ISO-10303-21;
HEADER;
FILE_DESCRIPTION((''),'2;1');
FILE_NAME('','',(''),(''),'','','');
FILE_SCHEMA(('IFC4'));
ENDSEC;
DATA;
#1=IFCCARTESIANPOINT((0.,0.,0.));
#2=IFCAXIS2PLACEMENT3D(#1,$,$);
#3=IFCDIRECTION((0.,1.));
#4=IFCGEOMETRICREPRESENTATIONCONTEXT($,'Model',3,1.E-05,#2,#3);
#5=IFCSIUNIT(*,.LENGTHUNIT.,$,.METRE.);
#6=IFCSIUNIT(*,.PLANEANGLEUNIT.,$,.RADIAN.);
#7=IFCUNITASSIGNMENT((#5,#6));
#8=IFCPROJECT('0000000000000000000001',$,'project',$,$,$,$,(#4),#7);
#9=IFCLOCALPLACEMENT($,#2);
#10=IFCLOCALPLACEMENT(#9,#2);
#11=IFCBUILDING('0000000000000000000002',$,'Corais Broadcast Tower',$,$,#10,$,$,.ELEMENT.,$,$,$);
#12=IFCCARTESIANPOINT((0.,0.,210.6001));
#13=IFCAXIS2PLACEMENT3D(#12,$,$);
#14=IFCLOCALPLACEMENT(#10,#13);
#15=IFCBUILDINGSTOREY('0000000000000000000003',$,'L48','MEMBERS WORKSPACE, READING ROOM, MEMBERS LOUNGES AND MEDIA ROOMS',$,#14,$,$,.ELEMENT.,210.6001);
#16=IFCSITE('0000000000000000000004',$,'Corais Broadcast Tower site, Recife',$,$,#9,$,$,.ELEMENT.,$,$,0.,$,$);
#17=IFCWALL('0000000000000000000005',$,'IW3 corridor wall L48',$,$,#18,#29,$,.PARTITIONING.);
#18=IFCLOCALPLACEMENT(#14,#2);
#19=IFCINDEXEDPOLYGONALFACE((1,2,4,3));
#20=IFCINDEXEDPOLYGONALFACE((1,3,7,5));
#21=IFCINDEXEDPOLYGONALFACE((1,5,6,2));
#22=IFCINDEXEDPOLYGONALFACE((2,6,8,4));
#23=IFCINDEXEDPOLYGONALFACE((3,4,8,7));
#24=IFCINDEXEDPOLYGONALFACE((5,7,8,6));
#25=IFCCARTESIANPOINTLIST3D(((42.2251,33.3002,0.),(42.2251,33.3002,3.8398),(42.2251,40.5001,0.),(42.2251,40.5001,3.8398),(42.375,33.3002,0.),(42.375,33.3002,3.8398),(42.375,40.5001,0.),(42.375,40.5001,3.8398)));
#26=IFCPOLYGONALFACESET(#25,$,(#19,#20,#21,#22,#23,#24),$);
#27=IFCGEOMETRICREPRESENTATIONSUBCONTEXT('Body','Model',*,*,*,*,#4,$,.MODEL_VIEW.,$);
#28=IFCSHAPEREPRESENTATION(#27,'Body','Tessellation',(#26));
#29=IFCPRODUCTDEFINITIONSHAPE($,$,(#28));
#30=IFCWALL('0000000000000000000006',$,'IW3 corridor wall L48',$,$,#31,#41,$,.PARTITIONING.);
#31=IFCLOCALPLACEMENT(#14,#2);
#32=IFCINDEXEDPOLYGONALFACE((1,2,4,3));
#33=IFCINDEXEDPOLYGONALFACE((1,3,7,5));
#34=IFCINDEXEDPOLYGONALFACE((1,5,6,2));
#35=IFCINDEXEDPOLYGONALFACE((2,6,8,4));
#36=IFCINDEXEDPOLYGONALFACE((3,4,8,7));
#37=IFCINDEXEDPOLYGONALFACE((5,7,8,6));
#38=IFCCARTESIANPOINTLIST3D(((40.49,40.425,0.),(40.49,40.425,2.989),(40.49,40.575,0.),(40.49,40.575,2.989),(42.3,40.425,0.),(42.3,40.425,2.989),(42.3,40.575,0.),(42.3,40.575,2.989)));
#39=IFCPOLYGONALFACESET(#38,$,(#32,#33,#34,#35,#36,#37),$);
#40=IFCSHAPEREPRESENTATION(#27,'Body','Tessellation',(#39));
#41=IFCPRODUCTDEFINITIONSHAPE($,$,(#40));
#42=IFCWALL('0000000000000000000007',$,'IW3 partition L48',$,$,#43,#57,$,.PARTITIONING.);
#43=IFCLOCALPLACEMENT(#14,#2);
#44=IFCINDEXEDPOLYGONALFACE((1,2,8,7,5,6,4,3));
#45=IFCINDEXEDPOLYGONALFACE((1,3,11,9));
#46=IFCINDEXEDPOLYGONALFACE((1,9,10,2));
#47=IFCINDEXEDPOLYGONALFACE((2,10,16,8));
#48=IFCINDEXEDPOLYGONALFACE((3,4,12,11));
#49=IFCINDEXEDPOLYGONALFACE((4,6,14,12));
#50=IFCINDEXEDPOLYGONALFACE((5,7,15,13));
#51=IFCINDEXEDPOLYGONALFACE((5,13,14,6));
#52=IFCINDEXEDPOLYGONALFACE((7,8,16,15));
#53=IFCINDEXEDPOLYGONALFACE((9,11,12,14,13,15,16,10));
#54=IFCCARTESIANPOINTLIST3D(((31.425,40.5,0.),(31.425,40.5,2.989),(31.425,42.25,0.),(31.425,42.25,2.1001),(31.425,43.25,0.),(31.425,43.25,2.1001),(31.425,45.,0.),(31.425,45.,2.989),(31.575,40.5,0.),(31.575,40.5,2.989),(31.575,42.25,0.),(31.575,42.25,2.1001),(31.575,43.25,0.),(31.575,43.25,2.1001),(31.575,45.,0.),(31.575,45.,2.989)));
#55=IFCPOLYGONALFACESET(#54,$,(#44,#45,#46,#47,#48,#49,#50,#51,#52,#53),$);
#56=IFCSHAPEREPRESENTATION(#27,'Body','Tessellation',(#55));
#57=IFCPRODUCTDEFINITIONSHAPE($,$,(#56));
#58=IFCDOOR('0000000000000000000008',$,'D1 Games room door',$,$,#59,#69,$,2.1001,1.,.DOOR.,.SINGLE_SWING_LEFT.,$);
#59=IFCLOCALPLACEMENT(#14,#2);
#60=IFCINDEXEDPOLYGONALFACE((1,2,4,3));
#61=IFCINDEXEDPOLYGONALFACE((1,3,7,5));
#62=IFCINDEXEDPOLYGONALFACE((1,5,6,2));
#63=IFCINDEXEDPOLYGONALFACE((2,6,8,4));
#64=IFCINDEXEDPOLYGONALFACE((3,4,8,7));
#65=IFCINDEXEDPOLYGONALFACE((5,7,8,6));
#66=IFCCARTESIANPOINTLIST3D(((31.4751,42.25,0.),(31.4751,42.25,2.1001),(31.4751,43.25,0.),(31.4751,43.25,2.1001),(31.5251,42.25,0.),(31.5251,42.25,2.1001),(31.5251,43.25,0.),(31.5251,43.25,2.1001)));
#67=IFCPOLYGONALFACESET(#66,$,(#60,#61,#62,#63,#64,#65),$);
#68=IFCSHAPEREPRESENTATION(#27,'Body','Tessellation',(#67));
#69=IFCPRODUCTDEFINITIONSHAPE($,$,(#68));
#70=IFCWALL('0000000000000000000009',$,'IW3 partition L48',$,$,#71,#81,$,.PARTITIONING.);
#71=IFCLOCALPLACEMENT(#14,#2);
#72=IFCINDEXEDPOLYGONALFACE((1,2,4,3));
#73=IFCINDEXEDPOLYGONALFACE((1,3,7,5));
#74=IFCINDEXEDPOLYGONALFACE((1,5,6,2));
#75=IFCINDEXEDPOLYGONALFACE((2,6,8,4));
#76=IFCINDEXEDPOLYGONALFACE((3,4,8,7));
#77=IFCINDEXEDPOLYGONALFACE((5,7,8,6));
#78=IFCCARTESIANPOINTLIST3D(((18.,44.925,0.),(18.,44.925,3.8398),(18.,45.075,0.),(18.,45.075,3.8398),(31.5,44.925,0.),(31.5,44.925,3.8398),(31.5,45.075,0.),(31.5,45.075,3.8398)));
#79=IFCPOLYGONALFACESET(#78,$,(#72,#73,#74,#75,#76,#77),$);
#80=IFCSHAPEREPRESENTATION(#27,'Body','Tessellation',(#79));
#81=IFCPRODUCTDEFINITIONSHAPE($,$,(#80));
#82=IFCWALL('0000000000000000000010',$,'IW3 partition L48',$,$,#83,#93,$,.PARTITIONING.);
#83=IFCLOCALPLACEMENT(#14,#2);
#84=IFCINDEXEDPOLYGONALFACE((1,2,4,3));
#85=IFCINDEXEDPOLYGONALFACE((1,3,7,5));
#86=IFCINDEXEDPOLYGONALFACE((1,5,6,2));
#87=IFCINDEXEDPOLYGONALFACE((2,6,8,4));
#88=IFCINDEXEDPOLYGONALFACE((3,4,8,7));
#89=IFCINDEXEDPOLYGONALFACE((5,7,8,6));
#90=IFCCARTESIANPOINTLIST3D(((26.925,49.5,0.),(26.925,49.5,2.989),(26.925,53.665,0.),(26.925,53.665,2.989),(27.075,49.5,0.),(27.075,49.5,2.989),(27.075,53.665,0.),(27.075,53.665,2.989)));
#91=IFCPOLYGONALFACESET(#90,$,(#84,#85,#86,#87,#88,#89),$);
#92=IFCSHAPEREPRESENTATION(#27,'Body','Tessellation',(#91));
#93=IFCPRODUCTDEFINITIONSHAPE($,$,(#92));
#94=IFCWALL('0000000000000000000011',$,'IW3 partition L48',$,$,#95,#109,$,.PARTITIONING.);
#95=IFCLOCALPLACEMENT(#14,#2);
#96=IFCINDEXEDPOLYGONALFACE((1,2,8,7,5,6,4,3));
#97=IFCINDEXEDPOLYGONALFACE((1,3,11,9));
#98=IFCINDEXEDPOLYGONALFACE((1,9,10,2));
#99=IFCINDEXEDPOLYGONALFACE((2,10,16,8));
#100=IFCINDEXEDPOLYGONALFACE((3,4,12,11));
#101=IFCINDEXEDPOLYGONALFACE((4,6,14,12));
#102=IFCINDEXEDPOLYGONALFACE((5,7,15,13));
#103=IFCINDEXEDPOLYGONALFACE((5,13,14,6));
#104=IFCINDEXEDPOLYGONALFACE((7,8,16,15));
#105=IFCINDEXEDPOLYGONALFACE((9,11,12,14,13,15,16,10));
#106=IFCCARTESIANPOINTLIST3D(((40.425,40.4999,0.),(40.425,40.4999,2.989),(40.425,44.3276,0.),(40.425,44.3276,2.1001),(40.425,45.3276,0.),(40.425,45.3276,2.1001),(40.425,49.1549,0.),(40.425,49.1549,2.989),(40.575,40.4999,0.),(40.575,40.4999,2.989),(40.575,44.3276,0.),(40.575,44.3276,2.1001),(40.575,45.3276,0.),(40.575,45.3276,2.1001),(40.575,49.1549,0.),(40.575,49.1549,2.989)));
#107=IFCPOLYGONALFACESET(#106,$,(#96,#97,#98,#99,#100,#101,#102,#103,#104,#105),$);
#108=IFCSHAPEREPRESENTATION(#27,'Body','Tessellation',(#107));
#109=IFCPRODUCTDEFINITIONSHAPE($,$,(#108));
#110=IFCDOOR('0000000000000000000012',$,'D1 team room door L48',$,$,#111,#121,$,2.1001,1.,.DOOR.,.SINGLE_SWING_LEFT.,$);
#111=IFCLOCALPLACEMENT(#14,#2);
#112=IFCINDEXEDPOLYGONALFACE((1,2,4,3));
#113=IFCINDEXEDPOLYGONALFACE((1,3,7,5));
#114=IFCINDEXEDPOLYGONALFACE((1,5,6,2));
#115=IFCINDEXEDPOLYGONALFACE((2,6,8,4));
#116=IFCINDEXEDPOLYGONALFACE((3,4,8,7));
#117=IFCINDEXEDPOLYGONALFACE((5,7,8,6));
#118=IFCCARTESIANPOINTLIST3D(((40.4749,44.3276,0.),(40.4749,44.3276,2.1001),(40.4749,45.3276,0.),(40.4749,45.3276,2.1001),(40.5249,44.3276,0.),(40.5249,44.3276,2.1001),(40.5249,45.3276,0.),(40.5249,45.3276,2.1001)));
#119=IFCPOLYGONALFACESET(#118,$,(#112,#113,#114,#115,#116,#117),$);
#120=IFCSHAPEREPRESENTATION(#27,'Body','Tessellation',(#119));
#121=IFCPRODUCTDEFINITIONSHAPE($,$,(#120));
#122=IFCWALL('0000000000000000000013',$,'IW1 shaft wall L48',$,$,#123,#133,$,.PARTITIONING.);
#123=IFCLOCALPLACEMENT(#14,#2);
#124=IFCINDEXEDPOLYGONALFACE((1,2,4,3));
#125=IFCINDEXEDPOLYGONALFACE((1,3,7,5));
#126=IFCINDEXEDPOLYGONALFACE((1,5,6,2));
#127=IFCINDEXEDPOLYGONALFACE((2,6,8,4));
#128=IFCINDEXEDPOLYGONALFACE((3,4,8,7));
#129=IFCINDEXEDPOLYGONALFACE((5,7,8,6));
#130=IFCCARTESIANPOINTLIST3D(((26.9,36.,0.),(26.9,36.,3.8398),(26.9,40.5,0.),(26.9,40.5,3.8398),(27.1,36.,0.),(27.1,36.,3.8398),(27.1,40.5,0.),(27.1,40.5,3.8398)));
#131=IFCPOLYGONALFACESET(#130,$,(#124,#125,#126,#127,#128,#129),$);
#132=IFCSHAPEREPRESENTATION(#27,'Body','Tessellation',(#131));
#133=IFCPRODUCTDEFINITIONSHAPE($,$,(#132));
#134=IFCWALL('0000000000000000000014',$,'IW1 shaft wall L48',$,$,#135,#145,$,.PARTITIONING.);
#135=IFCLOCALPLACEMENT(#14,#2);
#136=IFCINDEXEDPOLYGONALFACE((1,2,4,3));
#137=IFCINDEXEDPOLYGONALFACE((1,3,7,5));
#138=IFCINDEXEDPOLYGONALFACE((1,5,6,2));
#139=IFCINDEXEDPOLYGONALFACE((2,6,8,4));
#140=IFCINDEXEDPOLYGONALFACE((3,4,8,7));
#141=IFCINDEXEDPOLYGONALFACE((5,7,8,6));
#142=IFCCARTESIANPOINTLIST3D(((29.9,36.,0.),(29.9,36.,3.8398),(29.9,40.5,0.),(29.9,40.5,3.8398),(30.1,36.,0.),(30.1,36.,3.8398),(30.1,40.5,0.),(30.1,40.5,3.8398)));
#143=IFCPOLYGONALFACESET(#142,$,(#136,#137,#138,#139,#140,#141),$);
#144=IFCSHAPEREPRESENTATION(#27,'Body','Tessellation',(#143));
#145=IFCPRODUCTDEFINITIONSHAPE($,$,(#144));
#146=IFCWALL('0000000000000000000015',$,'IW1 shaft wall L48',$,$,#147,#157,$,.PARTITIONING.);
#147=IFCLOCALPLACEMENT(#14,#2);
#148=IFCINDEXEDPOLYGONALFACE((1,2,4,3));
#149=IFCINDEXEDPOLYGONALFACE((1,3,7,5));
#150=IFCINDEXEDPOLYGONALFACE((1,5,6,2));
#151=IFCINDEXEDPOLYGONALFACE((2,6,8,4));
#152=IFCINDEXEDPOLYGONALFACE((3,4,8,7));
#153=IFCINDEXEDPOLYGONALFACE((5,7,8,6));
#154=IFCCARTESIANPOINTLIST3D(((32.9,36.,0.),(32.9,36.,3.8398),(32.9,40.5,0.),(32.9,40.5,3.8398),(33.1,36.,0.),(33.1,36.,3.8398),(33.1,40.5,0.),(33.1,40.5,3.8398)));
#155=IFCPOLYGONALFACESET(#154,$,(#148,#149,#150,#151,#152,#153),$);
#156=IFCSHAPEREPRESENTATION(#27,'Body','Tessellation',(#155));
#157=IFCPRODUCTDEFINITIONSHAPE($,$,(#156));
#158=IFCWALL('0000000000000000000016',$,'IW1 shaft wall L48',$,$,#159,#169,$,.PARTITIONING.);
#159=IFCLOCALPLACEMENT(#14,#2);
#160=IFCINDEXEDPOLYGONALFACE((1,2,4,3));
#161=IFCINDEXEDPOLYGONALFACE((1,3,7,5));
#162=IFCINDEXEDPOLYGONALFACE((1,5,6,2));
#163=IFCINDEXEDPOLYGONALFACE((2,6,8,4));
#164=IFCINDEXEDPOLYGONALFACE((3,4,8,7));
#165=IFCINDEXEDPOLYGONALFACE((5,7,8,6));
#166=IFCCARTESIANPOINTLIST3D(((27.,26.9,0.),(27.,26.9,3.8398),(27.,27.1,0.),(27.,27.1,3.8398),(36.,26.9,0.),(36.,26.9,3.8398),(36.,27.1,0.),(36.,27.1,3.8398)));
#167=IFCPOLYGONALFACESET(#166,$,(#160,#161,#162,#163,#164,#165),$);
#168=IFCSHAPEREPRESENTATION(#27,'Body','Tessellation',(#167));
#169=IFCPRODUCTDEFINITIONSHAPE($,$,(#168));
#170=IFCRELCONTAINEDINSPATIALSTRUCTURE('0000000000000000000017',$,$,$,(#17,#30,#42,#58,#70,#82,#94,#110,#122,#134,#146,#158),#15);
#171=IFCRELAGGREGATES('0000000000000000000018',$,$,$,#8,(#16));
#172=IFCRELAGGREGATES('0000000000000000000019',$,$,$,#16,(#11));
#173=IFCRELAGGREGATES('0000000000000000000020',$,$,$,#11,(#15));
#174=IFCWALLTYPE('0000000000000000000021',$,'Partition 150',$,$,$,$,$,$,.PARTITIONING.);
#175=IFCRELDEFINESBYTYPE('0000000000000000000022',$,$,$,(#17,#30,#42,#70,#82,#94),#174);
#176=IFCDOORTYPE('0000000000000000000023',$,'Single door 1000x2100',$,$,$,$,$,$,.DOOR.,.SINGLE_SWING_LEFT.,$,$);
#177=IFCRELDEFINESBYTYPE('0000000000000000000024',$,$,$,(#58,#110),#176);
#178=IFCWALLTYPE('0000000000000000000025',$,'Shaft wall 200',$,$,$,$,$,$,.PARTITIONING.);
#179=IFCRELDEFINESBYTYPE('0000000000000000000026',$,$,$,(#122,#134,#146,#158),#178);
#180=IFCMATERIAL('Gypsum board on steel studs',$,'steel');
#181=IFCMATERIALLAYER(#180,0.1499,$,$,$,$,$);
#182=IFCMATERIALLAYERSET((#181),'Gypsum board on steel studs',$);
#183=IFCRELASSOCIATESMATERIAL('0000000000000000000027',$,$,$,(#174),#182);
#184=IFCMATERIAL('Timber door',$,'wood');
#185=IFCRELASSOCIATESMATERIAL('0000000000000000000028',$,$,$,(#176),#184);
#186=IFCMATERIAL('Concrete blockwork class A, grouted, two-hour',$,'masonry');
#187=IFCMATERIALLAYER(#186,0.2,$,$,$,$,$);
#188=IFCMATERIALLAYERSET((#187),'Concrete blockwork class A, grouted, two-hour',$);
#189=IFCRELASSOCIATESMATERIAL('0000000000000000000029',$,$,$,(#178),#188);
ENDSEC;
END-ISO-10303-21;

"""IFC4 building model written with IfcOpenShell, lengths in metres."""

from ifc_helpers import new_model, si_unit, direction, frame, frame_2d, origin, place, context, subcontext, project, spatial, rectangle, extrude, material, layer, layer_set, type_object, element, fill, save


model = new_model("IFC4")

# Units and contexts
model_context = context("Model", 3, precision=1e-05, world=origin(), true_north=direction((0.0, 1.0)))
body_context = subcontext(model_context, "Body", "Model", "MODEL_VIEW")
ifc_project = project(units=[si_unit("LENGTHUNIT", "METRE"), si_unit("PLANEANGLEUNIT", "RADIAN")], contexts=[model_context])

# Site, building, storey
site_placement = place(None, origin())
site = spatial("IfcSite", under=ifc_project, at=site_placement, Name="Corais Broadcast Tower site, Recife", CompositionType="ELEMENT", RefElevation=0.0)
building_placement = place(site_placement, origin())
building = spatial("IfcBuilding", under=site, at=building_placement, Name="Corais Broadcast Tower", CompositionType="ELEMENT")
storey_placement = place(building_placement, frame((0.0, 0.0, 210.6001)))
storey = spatial("IfcBuildingStorey", under=building, at=storey_placement, Name="L48", Description="MEMBERS WORKSPACE, READING ROOM, MEMBERS LOUNGES AND MEDIA ROOMS", CompositionType="ELEMENT", Elevation=210.6001)

# Walls
ifc_material_1 = material(Name="Gypsum board on steel studs", Category="steel")
ifc_layer_1 = layer(ifc_material_1, 0.1499)
ifc_layer_set_1 = layer_set([ifc_layer_1], Name="Gypsum board on steel studs")
wall_type_1 = type_object("IfcWallType", Name="Partition 150", PredefinedType="PARTITIONING", material=ifc_layer_set_1)
wall_1_placement = place(storey_placement, frame((42.3, 33.3, 0.0), z_axis=(0.0, 0.0, 1.0), x_axis=(0.0, 1.0, 0.0)))
element("IfcWall", 1, at=wall_1_placement, inside=storey, type_object=wall_type_1, Name="IW3 corridor wall L48", PredefinedType="PARTITIONING", context=body_context, shape_type="SweptSolid", body=[
    extrude(rectangle(XDim=7.2, YDim=0.1499, at=frame_2d((3.6001, 0.0))), origin(), (0.0, 0.0, 1.0), 3.8398),
])
wall_2_placement = place(storey_placement, frame((42.3, 40.5, 0.0), z_axis=(0.0, 0.0, 1.0), x_axis=(-1.0, 0.0, 0.0)))
element("IfcWall", 2, at=wall_2_placement, inside=storey, type_object=wall_type_1, Name="IW3 corridor wall L48", PredefinedType="PARTITIONING", context=body_context, shape_type="SweptSolid", body=[
    extrude(rectangle(XDim=1.8101, YDim=0.1499, at=frame_2d((0.905, 0.0))), origin(), (0.0, 0.0, 1.0), 2.989),
])

# Wall, opening, door
wall_3_placement = place(storey_placement, frame((31.5, 40.5, 0.0), z_axis=(0.0, 0.0, 1.0), x_axis=(0.0, 1.0, 0.0)))
wall_3 = element("IfcWall", 3, at=wall_3_placement, inside=storey, type_object=wall_type_1, Name="IW3 partition L48", PredefinedType="PARTITIONING", context=body_context, shape_type="SweptSolid", body=[
    extrude(rectangle(XDim=4.5, YDim=0.1499, at=frame_2d((2.25, 0.0))), origin(), (0.0, 0.0, 1.0), 2.989),
])
opening_1_placement = place(wall_3_placement, frame((1.75, 0.0, 0.0)))
opening_1 = element("IfcOpeningElement", 4, at=opening_1_placement, cuts=wall_3, PredefinedType="OPENING", context=body_context, shape_type="SweptSolid", body=[
    extrude(rectangle(XDim=1.0, YDim=2.1001, at=frame_2d((0.5, 1.05))), frame((0.0, 0.085, 0.0), z_axis=(0.0, -1.0, 0.0), x_axis=(1.0, 0.0, 0.0)), (0.0, 0.0, 1.0), 0.1699),
])
ifc_material_2 = material(Name="Timber door", Category="wood")
door_type = type_object("IfcDoorType", Name="Single door 1000x2100", OperationType="SINGLE_SWING_LEFT", PredefinedType="DOOR", material=ifc_material_2)
door_1_placement = place(opening_1_placement, origin())
door_1 = element("IfcDoor", 5, at=door_1_placement, inside=storey, type_object=door_type, Name="D1 Games room door", OperationType="SINGLE_SWING_LEFT", OverallHeight=2.1001, OverallWidth=1.0, PredefinedType="DOOR", context=body_context, shape_type="SweptSolid", body=[
    extrude(rectangle(XDim=1.0, YDim=2.1001, at=frame_2d((0.5, 1.05))), frame((0.0, 0.0249, 0.0), z_axis=(0.0, -1.0, 0.0), x_axis=(1.0, 0.0, 0.0)), (0.0, 0.0, 1.0), 0.05),
])
fill(opening_1, door_1)

# Walls
wall_4_placement = place(storey_placement, frame((31.5, 45.0, 0.0), z_axis=(0.0, 0.0, 1.0), x_axis=(-1.0, 0.0, 0.0)))
element("IfcWall", 6, at=wall_4_placement, inside=storey, type_object=wall_type_1, Name="IW3 partition L48", PredefinedType="PARTITIONING", context=body_context, shape_type="SweptSolid", body=[
    extrude(rectangle(XDim=13.5, YDim=0.1499, at=frame_2d((6.75, 0.0))), origin(), (0.0, 0.0, 1.0), 3.8398),
])
wall_5_placement = place(storey_placement, frame((27.0, 49.5, 0.0), z_axis=(0.0, 0.0, 1.0), x_axis=(0.0, 1.0, 0.0)))
element("IfcWall", 7, at=wall_5_placement, inside=storey, type_object=wall_type_1, Name="IW3 partition L48", PredefinedType="PARTITIONING", context=body_context, shape_type="SweptSolid", body=[
    extrude(rectangle(XDim=4.165, YDim=0.1499, at=frame_2d((2.0825, 0.0))), origin(), (0.0, 0.0, 1.0), 2.989),
])

# Wall, opening, door
wall_6_placement = place(storey_placement, frame((40.5, 49.155, 0.0), z_axis=(0.0, 0.0, 1.0), x_axis=(0.0, -1.0, 0.0)))
wall_6 = element("IfcWall", 8, at=wall_6_placement, inside=storey, type_object=wall_type_1, Name="IW3 partition L48", PredefinedType="PARTITIONING", context=body_context, shape_type="SweptSolid", body=[
    extrude(rectangle(XDim=8.655, YDim=0.1499, at=frame_2d((4.3276, 0.0))), origin(), (0.0, 0.0, 1.0), 2.989),
])
opening_2_placement = place(wall_6_placement, frame((3.8274, 0.0, 0.0)))
opening_2 = element("IfcOpeningElement", 9, at=opening_2_placement, cuts=wall_6, PredefinedType="OPENING", context=body_context, shape_type="SweptSolid", body=[
    extrude(rectangle(XDim=1.0, YDim=2.1001, at=frame_2d((0.5, 1.05))), frame((0.0, 0.085, 0.0), z_axis=(0.0, -1.0, 0.0), x_axis=(1.0, 0.0, 0.0)), (0.0, 0.0, 1.0), 0.1699),
])
door_2_placement = place(opening_2_placement, origin())
door_2 = element("IfcDoor", 10, at=door_2_placement, inside=storey, type_object=door_type, Name="D1 team room door L48", OperationType="SINGLE_SWING_LEFT", OverallHeight=2.1001, OverallWidth=1.0, PredefinedType="DOOR", context=body_context, shape_type="SweptSolid", body=[
    extrude(rectangle(XDim=1.0, YDim=2.1001, at=frame_2d((0.5, 1.05))), frame((0.0, 0.0249, 0.0), z_axis=(0.0, -1.0, 0.0), x_axis=(1.0, 0.0, 0.0)), (0.0, 0.0, 1.0), 0.05),
])
fill(opening_2, door_2)

# Walls
ifc_material_3 = material(Name="Concrete blockwork class A, grouted, two-hour", Category="masonry")
ifc_layer_2 = layer(ifc_material_3, 0.2)
ifc_layer_set_2 = layer_set([ifc_layer_2], Name="Concrete blockwork class A, grouted, two-hour")
wall_type_2 = type_object("IfcWallType", Name="Shaft wall 200", PredefinedType="PARTITIONING", material=ifc_layer_set_2)
for number, where, z_axis, x_axis, name in (
    (11, (27.0, 36.0, 0.0), (0.0, 0.0, 1.0), (0.0, 1.0, 0.0), "IW1 shaft wall L48"),
    (12, (30.0, 36.0, 0.0), (0.0, 0.0, 1.0), (0.0, 1.0, 0.0), "IW1 shaft wall L48"),
    (13, (33.0, 36.0, 0.0), (0.0, 0.0, 1.0), (0.0, 1.0, 0.0), "IW1 shaft wall L48"),
):
    element("IfcWall", number, at=place(storey_placement, frame(where, z_axis=z_axis, x_axis=x_axis)), inside=storey, type_object=wall_type_2, Name=name, PredefinedType="PARTITIONING", context=body_context, shape_type="SweptSolid", body=[
        extrude(rectangle(XDim=4.5, YDim=0.2, at=frame_2d((2.25, 0.0))), origin(), (0.0, 0.0, 1.0), 3.8398),
    ])
wall_7_placement = place(storey_placement, frame((27.0, 27.0, 0.0), z_axis=(0.0, 0.0, 1.0), x_axis=(1.0, 0.0, 0.0)))
element("IfcWall", 14, at=wall_7_placement, inside=storey, type_object=wall_type_2, Name="IW1 shaft wall L48", PredefinedType="PARTITIONING", context=body_context, shape_type="SweptSolid", body=[
    extrude(rectangle(XDim=9.0, YDim=0.2, at=frame_2d((4.5, 0.0))), origin(), (0.0, 0.0, 1.0), 3.8398),
])

save(model, "model.ifc")
